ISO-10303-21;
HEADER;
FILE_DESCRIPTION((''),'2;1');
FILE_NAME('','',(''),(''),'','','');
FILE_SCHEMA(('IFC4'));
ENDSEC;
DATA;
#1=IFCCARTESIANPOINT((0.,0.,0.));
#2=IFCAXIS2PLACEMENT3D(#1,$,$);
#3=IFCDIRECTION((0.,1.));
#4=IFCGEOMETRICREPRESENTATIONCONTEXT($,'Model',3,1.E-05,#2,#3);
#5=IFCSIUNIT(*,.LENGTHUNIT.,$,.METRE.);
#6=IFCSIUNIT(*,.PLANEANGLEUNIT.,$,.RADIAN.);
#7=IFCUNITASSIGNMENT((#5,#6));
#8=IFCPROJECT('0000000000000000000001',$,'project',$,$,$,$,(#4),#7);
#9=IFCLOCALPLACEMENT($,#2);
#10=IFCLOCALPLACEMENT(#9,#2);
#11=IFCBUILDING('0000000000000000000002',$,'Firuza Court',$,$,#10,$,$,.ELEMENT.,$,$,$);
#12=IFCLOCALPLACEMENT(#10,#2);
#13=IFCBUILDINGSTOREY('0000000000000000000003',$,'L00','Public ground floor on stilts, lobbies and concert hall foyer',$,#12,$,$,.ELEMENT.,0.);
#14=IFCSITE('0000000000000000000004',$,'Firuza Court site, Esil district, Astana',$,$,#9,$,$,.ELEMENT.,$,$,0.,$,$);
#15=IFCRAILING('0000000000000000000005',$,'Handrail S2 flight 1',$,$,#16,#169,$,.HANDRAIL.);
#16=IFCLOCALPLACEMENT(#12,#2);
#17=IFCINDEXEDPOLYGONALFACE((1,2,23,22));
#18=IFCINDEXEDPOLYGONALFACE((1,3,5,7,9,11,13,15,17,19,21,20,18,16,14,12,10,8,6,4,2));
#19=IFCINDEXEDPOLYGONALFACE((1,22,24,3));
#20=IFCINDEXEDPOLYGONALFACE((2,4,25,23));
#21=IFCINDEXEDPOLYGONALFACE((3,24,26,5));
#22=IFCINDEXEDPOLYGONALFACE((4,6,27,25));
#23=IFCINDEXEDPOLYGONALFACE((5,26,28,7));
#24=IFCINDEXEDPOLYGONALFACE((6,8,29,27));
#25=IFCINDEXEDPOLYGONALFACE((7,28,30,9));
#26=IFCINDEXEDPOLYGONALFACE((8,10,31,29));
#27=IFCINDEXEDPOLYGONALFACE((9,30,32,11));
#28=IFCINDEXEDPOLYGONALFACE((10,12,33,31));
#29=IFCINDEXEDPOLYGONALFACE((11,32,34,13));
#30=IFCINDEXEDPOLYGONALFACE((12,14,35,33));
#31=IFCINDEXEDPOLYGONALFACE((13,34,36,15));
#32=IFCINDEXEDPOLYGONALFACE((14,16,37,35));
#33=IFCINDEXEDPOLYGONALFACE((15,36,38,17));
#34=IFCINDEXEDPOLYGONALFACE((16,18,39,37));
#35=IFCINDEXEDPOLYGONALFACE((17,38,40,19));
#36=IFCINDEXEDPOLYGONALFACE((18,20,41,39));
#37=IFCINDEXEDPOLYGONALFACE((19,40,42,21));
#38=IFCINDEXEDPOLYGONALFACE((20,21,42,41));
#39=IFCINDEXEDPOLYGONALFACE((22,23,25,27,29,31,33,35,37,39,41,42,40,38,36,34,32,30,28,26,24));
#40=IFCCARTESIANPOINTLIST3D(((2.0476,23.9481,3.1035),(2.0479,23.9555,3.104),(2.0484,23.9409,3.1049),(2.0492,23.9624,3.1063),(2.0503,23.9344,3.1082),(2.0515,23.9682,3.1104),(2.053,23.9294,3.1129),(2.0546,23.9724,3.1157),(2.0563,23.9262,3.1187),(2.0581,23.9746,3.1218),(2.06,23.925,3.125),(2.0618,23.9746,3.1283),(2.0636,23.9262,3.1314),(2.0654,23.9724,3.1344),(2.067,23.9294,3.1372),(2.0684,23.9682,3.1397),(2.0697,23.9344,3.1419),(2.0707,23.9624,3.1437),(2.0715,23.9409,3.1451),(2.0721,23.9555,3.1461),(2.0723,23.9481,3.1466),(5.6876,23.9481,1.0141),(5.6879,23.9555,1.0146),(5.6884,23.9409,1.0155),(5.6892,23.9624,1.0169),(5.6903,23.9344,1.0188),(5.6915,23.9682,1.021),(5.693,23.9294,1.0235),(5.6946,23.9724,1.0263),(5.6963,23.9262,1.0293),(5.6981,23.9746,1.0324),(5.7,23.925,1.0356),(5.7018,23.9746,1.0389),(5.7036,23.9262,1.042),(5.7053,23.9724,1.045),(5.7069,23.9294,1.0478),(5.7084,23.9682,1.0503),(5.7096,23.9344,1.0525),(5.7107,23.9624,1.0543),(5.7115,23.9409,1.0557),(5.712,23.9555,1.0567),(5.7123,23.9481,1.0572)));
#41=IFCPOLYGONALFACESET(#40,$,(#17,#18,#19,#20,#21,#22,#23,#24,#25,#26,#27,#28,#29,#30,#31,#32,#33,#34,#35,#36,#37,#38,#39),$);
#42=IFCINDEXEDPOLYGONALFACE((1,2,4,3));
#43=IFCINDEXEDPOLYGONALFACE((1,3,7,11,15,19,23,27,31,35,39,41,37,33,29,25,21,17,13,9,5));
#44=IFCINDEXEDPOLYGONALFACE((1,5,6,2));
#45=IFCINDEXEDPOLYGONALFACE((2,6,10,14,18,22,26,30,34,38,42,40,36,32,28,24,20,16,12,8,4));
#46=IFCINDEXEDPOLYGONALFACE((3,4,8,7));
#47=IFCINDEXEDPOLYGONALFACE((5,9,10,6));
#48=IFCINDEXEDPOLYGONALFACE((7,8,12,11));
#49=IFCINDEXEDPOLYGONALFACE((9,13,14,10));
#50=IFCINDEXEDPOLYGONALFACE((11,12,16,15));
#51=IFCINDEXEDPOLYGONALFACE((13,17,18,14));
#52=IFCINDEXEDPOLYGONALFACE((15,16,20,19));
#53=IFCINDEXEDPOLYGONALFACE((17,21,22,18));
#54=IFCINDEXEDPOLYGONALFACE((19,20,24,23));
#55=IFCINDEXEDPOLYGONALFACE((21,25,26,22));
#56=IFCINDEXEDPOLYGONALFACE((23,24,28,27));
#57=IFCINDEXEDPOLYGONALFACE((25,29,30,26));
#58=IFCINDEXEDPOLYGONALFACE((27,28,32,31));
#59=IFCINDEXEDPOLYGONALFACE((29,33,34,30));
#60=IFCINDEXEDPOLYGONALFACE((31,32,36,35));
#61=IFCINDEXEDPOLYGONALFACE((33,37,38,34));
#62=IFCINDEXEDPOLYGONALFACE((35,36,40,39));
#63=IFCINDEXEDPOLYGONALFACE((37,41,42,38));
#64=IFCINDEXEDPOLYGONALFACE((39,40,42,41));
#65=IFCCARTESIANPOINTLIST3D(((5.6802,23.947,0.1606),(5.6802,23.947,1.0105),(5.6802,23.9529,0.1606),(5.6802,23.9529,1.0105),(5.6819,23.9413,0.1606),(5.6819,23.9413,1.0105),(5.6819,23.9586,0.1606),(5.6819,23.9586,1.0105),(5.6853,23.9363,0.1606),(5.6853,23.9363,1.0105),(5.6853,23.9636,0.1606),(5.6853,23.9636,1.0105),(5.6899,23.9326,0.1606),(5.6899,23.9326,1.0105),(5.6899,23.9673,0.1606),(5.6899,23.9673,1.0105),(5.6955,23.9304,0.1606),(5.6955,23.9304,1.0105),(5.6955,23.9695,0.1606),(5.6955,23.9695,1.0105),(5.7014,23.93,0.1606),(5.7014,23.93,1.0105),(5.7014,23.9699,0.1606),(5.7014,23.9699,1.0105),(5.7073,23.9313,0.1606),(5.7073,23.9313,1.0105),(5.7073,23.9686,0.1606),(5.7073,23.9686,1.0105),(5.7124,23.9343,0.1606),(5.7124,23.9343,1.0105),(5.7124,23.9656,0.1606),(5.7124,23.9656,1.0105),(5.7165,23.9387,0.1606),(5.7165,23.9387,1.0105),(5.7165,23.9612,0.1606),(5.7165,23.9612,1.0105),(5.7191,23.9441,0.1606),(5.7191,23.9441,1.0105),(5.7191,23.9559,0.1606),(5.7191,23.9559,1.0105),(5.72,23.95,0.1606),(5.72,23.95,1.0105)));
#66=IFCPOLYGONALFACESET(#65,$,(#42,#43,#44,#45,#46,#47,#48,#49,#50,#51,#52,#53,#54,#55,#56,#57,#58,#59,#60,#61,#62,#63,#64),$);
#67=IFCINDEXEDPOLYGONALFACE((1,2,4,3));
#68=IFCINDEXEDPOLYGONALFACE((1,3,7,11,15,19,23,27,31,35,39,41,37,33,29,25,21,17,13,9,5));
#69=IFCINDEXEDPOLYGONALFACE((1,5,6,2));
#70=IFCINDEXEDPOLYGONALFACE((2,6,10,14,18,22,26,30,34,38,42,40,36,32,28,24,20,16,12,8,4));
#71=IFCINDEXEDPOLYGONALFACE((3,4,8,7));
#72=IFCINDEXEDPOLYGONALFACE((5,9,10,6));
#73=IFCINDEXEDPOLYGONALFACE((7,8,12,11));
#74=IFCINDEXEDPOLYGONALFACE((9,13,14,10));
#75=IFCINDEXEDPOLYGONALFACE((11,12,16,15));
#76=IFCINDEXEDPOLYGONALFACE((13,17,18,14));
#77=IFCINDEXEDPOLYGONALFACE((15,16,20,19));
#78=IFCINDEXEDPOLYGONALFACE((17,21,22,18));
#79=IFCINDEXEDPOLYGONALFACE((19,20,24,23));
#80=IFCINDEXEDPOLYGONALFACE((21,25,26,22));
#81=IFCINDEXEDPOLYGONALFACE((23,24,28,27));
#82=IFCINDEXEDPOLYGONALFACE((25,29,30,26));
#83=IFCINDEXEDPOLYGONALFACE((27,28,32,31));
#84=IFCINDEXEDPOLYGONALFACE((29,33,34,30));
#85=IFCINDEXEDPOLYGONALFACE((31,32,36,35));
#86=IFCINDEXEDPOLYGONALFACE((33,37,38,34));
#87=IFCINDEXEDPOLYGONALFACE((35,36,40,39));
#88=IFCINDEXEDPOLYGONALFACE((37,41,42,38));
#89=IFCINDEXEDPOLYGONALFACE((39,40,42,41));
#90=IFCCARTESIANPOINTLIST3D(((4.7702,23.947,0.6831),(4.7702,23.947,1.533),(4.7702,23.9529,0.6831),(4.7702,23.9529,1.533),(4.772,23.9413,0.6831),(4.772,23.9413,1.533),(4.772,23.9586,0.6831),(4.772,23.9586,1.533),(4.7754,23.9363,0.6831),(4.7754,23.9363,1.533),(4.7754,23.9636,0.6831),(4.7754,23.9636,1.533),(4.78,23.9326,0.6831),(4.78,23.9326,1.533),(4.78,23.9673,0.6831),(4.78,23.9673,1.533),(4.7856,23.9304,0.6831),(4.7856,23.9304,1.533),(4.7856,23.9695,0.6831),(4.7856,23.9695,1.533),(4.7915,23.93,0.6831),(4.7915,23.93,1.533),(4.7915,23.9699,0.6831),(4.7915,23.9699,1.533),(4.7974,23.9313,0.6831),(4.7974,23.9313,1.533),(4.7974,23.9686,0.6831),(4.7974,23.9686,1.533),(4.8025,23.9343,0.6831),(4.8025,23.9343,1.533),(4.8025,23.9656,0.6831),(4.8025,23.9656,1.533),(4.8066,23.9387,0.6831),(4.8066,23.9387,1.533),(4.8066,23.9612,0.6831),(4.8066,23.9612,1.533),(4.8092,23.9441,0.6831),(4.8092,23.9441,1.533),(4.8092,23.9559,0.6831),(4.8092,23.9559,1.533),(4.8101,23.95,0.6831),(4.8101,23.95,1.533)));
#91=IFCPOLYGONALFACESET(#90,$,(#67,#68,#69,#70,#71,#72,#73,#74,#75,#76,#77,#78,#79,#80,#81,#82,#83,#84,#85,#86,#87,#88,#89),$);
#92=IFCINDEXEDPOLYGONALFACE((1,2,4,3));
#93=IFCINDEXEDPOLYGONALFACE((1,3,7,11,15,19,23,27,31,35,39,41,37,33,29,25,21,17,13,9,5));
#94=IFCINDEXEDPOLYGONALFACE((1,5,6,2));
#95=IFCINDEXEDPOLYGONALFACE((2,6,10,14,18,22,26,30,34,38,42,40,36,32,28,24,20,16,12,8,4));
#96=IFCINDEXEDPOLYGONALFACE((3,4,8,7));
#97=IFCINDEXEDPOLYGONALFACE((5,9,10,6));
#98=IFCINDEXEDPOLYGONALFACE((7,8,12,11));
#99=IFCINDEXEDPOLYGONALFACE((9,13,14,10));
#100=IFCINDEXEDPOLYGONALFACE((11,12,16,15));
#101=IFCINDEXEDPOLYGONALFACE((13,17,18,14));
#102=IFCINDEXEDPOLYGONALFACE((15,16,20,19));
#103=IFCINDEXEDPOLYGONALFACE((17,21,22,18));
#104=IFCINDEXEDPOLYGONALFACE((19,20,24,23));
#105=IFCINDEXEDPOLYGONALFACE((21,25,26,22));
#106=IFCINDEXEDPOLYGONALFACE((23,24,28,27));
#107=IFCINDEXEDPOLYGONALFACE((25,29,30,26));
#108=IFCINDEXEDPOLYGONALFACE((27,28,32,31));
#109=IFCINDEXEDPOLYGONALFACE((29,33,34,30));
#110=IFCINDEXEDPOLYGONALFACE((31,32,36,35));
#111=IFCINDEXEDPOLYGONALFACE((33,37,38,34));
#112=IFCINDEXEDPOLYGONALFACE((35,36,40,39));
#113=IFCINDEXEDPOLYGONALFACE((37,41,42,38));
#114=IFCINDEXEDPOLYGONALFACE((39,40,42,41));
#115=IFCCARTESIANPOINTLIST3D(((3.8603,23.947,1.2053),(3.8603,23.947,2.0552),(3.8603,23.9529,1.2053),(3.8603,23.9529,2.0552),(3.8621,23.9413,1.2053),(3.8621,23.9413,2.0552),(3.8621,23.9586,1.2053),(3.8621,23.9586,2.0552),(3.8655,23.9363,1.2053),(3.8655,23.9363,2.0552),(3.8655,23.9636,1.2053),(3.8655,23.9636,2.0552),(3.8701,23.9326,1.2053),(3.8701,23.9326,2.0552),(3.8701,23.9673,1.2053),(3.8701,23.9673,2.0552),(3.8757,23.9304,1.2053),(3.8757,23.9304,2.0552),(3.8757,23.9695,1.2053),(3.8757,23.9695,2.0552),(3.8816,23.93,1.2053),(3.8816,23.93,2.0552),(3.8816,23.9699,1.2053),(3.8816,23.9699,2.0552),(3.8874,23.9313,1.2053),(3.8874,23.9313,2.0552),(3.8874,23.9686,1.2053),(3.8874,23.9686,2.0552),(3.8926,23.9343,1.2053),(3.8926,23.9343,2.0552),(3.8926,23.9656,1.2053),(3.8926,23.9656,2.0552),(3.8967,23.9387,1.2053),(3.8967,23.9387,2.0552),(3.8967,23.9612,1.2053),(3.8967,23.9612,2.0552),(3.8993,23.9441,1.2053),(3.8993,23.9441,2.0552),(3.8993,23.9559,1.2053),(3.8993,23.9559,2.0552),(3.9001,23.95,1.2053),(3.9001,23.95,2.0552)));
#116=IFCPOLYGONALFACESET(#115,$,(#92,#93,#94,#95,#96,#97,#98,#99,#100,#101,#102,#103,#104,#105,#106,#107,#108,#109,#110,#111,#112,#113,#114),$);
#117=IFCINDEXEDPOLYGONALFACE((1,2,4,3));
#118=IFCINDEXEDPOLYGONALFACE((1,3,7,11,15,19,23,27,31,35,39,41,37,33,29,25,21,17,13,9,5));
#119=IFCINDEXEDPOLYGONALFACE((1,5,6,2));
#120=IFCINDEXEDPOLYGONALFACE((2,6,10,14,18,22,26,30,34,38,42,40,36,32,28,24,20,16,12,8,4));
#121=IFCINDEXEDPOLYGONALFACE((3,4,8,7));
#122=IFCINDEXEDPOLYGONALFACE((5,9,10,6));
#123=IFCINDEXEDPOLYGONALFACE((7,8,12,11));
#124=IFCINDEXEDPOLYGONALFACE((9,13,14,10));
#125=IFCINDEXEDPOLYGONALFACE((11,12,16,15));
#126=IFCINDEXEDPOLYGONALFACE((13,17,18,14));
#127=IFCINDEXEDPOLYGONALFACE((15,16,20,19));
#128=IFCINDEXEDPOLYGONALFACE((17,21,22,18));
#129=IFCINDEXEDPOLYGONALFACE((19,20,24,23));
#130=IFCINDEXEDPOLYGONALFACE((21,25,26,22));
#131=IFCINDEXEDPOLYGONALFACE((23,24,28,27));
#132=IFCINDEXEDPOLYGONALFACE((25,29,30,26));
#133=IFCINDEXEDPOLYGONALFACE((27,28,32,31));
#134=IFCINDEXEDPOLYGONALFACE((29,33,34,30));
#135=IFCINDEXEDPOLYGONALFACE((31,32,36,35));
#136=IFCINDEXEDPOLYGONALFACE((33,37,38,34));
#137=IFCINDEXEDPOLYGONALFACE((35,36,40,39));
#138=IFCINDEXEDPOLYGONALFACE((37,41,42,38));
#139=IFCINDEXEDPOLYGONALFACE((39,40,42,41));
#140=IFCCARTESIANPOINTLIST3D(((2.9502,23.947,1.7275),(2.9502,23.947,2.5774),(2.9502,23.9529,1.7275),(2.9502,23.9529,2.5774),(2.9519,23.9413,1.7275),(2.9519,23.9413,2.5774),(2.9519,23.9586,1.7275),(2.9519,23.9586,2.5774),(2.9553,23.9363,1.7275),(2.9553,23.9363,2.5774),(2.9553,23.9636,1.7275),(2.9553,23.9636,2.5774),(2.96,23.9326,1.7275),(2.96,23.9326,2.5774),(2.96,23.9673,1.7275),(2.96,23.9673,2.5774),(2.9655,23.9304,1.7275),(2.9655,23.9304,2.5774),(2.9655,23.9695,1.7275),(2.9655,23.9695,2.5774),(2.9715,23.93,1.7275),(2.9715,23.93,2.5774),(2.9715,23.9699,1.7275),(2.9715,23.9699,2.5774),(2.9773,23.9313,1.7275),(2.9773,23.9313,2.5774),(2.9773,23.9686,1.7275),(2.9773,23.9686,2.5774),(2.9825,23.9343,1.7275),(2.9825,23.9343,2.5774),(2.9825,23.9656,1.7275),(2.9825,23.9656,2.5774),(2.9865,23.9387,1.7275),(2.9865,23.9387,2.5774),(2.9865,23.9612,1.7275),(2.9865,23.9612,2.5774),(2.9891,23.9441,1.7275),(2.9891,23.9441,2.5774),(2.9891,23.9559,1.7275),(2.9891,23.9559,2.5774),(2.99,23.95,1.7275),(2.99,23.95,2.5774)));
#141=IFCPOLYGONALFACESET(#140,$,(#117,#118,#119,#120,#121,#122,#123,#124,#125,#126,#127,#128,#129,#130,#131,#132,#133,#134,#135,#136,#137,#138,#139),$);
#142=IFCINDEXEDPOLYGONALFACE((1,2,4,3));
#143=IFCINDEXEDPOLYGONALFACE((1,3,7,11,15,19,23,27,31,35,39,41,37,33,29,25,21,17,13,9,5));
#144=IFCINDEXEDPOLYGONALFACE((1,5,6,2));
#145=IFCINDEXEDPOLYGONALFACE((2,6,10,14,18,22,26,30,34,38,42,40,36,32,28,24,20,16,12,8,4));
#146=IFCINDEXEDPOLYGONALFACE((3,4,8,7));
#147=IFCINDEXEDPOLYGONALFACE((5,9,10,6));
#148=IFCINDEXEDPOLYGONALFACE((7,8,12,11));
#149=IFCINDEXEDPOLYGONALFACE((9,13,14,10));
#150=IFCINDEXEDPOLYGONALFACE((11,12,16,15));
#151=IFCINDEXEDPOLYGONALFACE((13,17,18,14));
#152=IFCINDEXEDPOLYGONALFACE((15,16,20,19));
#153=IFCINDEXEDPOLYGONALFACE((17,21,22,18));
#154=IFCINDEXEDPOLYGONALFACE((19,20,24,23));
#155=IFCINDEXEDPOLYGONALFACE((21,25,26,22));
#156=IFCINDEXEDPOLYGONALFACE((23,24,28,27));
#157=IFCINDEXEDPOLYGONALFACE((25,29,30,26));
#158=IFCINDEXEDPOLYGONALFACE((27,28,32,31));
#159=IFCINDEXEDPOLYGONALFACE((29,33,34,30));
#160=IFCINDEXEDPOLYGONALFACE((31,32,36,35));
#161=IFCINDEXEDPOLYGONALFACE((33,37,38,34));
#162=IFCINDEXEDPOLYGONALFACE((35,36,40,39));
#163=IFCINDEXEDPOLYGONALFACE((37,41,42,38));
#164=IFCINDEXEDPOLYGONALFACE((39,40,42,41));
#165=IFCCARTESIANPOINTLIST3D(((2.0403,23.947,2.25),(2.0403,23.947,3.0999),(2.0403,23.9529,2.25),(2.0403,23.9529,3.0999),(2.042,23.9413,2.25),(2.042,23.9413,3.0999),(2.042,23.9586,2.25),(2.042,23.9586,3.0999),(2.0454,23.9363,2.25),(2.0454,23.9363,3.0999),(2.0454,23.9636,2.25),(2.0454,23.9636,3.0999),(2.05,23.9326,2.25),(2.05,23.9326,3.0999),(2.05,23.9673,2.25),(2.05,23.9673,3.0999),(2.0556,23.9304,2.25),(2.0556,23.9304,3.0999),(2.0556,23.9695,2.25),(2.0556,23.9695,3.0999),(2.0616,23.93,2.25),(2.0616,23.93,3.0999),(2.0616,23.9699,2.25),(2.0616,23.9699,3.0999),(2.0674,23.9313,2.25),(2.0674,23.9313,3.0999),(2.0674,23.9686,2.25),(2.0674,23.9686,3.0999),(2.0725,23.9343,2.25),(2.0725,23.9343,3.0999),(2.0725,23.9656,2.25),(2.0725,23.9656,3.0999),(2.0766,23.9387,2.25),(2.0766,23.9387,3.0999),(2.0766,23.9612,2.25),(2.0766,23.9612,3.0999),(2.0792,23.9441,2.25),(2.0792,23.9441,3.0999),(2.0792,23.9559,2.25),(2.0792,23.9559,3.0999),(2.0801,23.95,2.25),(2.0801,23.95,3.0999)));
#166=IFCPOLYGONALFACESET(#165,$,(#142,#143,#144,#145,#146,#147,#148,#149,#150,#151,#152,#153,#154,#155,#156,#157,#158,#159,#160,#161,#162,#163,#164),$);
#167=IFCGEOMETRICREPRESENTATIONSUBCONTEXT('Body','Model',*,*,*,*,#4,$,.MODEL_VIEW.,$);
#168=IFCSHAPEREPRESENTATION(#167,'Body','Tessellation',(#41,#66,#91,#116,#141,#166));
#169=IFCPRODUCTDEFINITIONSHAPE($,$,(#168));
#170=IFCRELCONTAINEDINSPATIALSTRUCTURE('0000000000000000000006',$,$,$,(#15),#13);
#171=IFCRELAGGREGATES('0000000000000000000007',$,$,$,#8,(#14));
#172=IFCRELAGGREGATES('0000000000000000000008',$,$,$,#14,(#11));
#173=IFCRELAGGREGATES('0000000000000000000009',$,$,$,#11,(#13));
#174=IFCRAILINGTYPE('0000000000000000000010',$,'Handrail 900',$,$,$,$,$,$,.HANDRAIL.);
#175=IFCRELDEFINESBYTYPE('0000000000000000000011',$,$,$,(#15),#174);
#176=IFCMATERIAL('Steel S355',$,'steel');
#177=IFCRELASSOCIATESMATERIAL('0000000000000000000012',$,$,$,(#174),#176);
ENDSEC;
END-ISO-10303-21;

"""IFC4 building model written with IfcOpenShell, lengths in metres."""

from ifc_helpers import new_model, si_unit, direction, frame, origin, origin_2d, place, context, subcontext, project, spatial, circle, extrude, material, type_object, element, save


model = new_model("IFC4")

# Units and contexts
model_context = context("Model", 3, precision=1e-05, world=origin(), true_north=direction((0.0, 1.0)))
body_context = subcontext(model_context, "Body", "Model", "MODEL_VIEW")
ifc_project = project(units=[si_unit("LENGTHUNIT", "METRE"), si_unit("PLANEANGLEUNIT", "RADIAN")], contexts=[model_context])

# Site, building, storey
site_placement = place(None, origin())
site = spatial("IfcSite", under=ifc_project, at=site_placement, Name="Firuza Court site, Esil district, Astana", CompositionType="ELEMENT", RefElevation=0.0)
building_placement = place(site_placement, origin())
building = spatial("IfcBuilding", under=site, at=building_placement, Name="Firuza Court", CompositionType="ELEMENT")
storey_placement = place(building_placement, origin())
storey = spatial("IfcBuildingStorey", under=building, at=storey_placement, Name="L00", Description="Public ground floor on stilts, lobbies and concert hall foyer", CompositionType="ELEMENT", Elevation=0.0)

# Railing
ifc_material_1 = material(Name="Steel S355", Category="steel")
railing_type = type_object("IfcRailingType", Name="Handrail 900", PredefinedType="HANDRAIL", material=ifc_material_1)
for number, where, name in (
    (1, (5.7, 23.95, 0.1606), "Handrail S2 flight 1"),
):
    element("IfcRailing", number, at=place(storey_placement, frame(where)), inside=storey, type_object=railing_type, Name=name, PredefinedType="HANDRAIL", context=body_context, shape_type="SweptSolid", body=[
        extrude(circle(Radius=0.0249, at=origin_2d()), frame((0.0, 0.0, 0.875), z_axis=(-0.867275, 0.0, 0.497829), x_axis=(0.0, -1.0, 0.0)), (0.0, 0.0, 1.0), 4.197),
        extrude(circle(Radius=0.02, at=origin_2d()), origin(), (0.0, 0.0, 1.0), 0.8499),
        extrude(circle(Radius=0.02, at=origin_2d()), frame((-0.9099, 0.0, 0.5225)), (0.0, 0.0, 1.0), 0.8499),
        extrude(circle(Radius=0.02, at=origin_2d()), frame((-1.8198, 0.0, 1.0447)), (0.0, 0.0, 1.0), 0.8499),
        extrude(circle(Radius=0.02, at=origin_2d()), frame((-2.73, 0.0, 1.5669)), (0.0, 0.0, 1.0), 0.8499),
        extrude(circle(Radius=0.02, at=origin_2d()), frame((-3.6399, 0.0, 2.0894)), (0.0, 0.0, 1.0), 0.8499),
    ])

save(model, "model.ifc")
